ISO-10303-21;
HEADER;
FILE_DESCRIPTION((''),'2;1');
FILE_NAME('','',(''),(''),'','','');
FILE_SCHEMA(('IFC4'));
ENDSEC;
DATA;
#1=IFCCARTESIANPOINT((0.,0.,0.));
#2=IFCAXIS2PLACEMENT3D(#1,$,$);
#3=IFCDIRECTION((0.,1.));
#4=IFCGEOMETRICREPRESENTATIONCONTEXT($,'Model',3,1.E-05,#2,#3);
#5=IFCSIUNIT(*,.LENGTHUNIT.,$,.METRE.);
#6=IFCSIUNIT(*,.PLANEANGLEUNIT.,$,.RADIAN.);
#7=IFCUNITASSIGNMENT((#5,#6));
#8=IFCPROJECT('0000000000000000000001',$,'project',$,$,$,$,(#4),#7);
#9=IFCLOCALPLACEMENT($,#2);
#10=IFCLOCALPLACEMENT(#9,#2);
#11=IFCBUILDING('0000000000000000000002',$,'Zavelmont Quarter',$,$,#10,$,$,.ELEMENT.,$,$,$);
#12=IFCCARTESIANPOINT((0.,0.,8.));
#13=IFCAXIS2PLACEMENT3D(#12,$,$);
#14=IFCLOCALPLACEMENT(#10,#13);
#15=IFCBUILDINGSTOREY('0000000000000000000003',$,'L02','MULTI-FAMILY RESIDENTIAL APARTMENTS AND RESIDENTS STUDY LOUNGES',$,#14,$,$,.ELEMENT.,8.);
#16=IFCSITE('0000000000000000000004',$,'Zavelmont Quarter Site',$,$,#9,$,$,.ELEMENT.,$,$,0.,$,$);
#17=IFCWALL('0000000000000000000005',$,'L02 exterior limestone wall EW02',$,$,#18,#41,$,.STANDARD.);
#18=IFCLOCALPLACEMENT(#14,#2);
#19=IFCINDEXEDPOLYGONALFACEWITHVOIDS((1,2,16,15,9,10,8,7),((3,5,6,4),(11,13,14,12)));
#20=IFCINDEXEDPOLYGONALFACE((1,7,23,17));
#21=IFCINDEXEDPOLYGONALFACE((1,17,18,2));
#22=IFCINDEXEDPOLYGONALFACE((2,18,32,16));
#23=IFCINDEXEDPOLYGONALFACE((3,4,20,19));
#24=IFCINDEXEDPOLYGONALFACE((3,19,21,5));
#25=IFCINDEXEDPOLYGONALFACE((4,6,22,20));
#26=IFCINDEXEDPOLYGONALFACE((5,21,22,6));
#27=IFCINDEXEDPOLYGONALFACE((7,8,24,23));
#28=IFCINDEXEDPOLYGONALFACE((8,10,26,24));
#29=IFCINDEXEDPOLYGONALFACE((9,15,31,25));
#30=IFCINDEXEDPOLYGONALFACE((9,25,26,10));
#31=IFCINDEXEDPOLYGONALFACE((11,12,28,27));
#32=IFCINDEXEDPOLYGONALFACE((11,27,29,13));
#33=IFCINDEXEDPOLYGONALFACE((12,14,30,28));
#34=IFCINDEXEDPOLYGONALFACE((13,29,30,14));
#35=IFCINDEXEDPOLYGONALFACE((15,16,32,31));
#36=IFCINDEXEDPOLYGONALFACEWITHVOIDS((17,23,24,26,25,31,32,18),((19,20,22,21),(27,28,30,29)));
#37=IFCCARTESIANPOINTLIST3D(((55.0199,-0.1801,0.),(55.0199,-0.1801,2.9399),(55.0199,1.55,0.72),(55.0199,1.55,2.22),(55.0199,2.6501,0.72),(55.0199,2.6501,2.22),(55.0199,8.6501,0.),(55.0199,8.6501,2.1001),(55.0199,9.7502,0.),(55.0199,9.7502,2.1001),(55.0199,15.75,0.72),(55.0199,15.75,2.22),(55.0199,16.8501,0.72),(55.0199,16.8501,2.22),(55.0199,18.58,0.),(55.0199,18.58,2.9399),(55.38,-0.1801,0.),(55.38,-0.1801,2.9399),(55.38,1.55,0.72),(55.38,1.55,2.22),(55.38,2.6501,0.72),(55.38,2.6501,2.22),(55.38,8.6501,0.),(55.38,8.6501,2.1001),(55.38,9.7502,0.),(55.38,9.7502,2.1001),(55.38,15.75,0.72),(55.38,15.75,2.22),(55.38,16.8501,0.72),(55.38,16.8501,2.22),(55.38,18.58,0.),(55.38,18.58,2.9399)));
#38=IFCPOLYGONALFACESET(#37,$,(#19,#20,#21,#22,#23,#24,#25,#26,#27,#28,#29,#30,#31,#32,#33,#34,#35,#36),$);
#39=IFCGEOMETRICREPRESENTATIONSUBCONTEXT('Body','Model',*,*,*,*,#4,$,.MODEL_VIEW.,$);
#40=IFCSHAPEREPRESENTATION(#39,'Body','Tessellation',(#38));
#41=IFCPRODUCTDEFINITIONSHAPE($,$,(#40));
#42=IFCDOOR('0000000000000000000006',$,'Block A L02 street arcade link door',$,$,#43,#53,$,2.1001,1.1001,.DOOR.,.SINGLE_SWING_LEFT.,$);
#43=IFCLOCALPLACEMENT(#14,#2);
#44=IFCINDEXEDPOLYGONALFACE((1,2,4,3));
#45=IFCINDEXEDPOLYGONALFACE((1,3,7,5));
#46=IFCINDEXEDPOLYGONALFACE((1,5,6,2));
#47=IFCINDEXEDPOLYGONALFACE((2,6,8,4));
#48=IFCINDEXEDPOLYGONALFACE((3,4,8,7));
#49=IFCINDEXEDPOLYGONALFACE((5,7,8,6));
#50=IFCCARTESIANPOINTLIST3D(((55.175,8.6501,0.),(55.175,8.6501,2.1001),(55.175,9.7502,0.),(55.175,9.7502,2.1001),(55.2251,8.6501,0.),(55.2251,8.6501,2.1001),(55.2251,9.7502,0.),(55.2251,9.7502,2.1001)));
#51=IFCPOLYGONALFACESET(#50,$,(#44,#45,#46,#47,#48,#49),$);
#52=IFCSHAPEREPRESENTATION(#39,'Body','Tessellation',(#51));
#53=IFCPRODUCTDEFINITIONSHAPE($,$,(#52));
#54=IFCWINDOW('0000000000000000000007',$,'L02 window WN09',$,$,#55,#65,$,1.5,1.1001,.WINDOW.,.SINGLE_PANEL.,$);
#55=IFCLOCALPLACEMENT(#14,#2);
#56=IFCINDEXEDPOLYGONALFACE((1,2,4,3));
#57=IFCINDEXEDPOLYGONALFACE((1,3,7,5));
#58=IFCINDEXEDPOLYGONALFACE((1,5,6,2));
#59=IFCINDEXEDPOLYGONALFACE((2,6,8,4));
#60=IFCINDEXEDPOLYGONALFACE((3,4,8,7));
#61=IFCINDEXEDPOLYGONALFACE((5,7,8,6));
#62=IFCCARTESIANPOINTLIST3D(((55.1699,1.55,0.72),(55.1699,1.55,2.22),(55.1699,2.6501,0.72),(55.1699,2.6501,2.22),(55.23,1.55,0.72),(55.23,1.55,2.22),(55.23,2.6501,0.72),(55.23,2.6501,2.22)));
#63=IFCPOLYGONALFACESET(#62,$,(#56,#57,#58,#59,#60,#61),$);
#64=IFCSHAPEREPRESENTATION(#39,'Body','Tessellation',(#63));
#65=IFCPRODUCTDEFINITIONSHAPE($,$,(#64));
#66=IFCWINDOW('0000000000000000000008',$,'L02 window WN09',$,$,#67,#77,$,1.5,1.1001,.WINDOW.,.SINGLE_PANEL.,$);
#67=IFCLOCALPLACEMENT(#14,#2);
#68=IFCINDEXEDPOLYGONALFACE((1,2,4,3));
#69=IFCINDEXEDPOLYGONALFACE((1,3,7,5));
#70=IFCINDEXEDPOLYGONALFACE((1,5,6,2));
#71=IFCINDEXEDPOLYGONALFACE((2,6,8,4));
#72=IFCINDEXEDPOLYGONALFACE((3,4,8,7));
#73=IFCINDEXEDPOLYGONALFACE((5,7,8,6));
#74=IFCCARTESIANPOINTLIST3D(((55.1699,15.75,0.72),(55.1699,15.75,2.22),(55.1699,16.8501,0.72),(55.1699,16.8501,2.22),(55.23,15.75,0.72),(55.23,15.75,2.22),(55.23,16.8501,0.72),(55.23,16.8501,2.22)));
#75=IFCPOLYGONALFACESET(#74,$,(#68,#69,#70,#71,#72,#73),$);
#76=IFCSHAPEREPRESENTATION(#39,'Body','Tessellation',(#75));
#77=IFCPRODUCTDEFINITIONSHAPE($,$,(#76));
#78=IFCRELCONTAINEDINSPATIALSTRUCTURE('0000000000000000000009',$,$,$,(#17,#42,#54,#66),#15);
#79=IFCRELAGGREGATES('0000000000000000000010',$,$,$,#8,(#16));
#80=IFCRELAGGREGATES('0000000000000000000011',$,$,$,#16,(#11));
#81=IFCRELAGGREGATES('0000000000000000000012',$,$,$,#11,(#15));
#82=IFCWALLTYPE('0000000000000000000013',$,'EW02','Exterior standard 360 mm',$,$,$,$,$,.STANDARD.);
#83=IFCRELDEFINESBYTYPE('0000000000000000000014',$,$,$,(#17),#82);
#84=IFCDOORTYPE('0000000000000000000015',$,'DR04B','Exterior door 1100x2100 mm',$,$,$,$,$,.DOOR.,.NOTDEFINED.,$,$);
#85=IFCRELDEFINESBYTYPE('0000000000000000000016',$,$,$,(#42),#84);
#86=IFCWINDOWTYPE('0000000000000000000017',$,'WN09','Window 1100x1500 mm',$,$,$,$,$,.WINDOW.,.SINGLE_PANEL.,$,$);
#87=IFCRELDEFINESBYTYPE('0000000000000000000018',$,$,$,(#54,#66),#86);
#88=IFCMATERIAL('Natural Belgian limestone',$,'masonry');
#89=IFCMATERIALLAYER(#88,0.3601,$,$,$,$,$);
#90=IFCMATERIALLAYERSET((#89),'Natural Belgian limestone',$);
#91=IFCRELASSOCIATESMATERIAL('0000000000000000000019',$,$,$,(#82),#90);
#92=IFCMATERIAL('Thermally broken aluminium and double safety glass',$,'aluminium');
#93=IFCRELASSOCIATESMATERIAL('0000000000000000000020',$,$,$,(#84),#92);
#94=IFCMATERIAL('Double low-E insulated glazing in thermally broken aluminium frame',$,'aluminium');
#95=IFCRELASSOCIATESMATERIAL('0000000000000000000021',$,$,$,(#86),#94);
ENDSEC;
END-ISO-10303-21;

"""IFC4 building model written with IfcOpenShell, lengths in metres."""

from ifc_helpers import new_model, si_unit, direction, frame, frame_2d, origin, origin_with_axes, place, context, subcontext, project, spatial, rectangle, extrude, material, layer, layer_set, type_object, element, fill, save


model = new_model("IFC4")

# Units and contexts
model_context = context("Model", 3, precision=1e-05, world=origin(), true_north=direction((0.0, 1.0)))
body_context = subcontext(model_context, "Body", "Model", "MODEL_VIEW")
ifc_project = project(units=[si_unit("LENGTHUNIT", "METRE"), si_unit("PLANEANGLEUNIT", "RADIAN")], contexts=[model_context])

# Site, building, storey
site_placement = place(None, origin())
site = spatial("IfcSite", under=ifc_project, at=site_placement, Name="Zavelmont Quarter Site", CompositionType="ELEMENT", RefElevation=0.0)
building_placement = place(site_placement, origin())
building = spatial("IfcBuilding", under=site, at=building_placement, Name="Zavelmont Quarter", CompositionType="ELEMENT")
storey_placement = place(building_placement, frame((0.0, 0.0, 8.0)))
storey = spatial("IfcBuildingStorey", under=building, at=storey_placement, Name="L02", Description="MULTI-FAMILY RESIDENTIAL APARTMENTS AND RESIDENTS STUDY LOUNGES", CompositionType="ELEMENT", Elevation=8.0)

# Wall, openings, door, windows
ifc_material_1 = material(Name="Natural Belgian limestone", Category="masonry")
ifc_layer = layer(ifc_material_1, 0.3601)
ifc_layer_set = layer_set([ifc_layer], Name="Natural Belgian limestone")
wall_type = type_object("IfcWallType", Name="EW02", Description="Exterior standard 360 mm", PredefinedType="STANDARD", material=ifc_layer_set)
wall_placement = place(storey_placement, frame((55.2, -0.1799, 0.0), z_axis=(0.0, 0.0, 1.0), x_axis=(0.0, 1.0, 0.0)))
wall = element("IfcWall", 1, at=wall_placement, inside=storey, type_object=wall_type, Name="L02 exterior limestone wall EW02", PredefinedType="STANDARD", context=body_context, shape_type="SweptSolid", body=[
    extrude(rectangle(XDim=18.76, YDim=0.3601, at=frame_2d((9.3799, 0.0))), origin(), (0.0, 0.0, 1.0), 2.9399),
])
opening_1_placement = place(wall_placement, frame((8.8301, 0.0, 0.0)))
opening_1 = element("IfcOpeningElement", 2, at=opening_1_placement, cuts=wall, PredefinedType="OPENING", context=body_context, shape_type="SweptSolid", body=[
    extrude(rectangle(XDim=1.1001, YDim=2.1001, at=frame_2d((0.55, 1.05))), frame((0.0, 0.1919, 0.0), z_axis=(0.0, -1.0, 0.0), x_axis=(1.0, 0.0, 0.0)), (0.0, 0.0, 1.0), 0.384),
])
opening_2_placement = place(wall_placement, frame((1.73, 0.0, 0.72)))
opening_2 = element("IfcOpeningElement", 3, at=opening_2_placement, cuts=wall, PredefinedType="OPENING", context=body_context, shape_type="SweptSolid", body=[
    extrude(rectangle(XDim=1.1001, YDim=1.5, at=frame_2d((0.55, 0.75))), frame((0.0, 0.1919, 0.0), z_axis=(0.0, -1.0, 0.0), x_axis=(1.0, 0.0, 0.0)), (0.0, 0.0, 1.0), 0.384),
])
opening_3_placement = place(wall_placement, frame((15.9299, 0.0, 0.72)))
opening_3 = element("IfcOpeningElement", 4, at=opening_3_placement, cuts=wall, PredefinedType="OPENING", context=body_context, shape_type="SweptSolid", body=[
    extrude(rectangle(XDim=1.1001, YDim=1.5, at=frame_2d((0.55, 0.75))), frame((0.0, 0.1919, 0.0), z_axis=(0.0, -1.0, 0.0), x_axis=(1.0, 0.0, 0.0)), (0.0, 0.0, 1.0), 0.384),
])
ifc_material_2 = material(Name="Thermally broken aluminium and double safety glass", Category="aluminium")
door_type = type_object("IfcDoorType", Name="DR04B", Description="Exterior door 1100x2100 mm", OperationType="NOTDEFINED", PredefinedType="DOOR", material=ifc_material_2)
door_placement = place(opening_1_placement, origin_with_axes())
door = element("IfcDoor", 5, at=door_placement, inside=storey, type_object=door_type, Name="Block A L02 street arcade link door", OperationType="SINGLE_SWING_LEFT", OverallHeight=2.1001, OverallWidth=1.1001, PredefinedType="DOOR", context=body_context, shape_type="SweptSolid", body=[
    extrude(rectangle(XDim=1.1001, YDim=2.1001, at=frame_2d((0.55, 1.05))), frame((0.0, 0.0249, 0.0), z_axis=(0.0, -1.0, 0.0), x_axis=(1.0, 0.0, 0.0)), (0.0, 0.0, 1.0), 0.05),
])
fill(opening_1, door)
ifc_material_3 = material(Name="Double low-E insulated glazing in thermally broken aluminium frame", Category="aluminium")
window_type = type_object("IfcWindowType", Name="WN09", Description="Window 1100x1500 mm", PartitioningType="SINGLE_PANEL", PredefinedType="WINDOW", material=ifc_material_3)
window_1_placement = place(opening_2_placement, origin_with_axes())
window_1 = element("IfcWindow", 6, at=window_1_placement, inside=storey, type_object=window_type, Name="L02 window WN09", OverallHeight=1.5, OverallWidth=1.1001, PartitioningType="SINGLE_PANEL", PredefinedType="WINDOW", context=body_context, shape_type="SweptSolid", body=[
    extrude(rectangle(XDim=1.1001, YDim=1.5, at=frame_2d((0.55, 0.75))), frame((0.0, 0.03, 0.0), z_axis=(0.0, -1.0, 0.0), x_axis=(1.0, 0.0, 0.0)), (0.0, 0.0, 1.0), 0.0601),
])
fill(opening_2, window_1)
window_2_placement = place(opening_3_placement, origin_with_axes())
window_2 = element("IfcWindow", 7, at=window_2_placement, inside=storey, type_object=window_type, Name="L02 window WN09", OverallHeight=1.5, OverallWidth=1.1001, PartitioningType="SINGLE_PANEL", PredefinedType="WINDOW", context=body_context, shape_type="SweptSolid", body=[
    extrude(rectangle(XDim=1.1001, YDim=1.5, at=frame_2d((0.55, 0.75))), frame((0.0, 0.03, 0.0), z_axis=(0.0, -1.0, 0.0), x_axis=(1.0, 0.0, 0.0)), (0.0, 0.0, 1.0), 0.0601),
])
fill(opening_3, window_2)

save(model, "model.ifc")
